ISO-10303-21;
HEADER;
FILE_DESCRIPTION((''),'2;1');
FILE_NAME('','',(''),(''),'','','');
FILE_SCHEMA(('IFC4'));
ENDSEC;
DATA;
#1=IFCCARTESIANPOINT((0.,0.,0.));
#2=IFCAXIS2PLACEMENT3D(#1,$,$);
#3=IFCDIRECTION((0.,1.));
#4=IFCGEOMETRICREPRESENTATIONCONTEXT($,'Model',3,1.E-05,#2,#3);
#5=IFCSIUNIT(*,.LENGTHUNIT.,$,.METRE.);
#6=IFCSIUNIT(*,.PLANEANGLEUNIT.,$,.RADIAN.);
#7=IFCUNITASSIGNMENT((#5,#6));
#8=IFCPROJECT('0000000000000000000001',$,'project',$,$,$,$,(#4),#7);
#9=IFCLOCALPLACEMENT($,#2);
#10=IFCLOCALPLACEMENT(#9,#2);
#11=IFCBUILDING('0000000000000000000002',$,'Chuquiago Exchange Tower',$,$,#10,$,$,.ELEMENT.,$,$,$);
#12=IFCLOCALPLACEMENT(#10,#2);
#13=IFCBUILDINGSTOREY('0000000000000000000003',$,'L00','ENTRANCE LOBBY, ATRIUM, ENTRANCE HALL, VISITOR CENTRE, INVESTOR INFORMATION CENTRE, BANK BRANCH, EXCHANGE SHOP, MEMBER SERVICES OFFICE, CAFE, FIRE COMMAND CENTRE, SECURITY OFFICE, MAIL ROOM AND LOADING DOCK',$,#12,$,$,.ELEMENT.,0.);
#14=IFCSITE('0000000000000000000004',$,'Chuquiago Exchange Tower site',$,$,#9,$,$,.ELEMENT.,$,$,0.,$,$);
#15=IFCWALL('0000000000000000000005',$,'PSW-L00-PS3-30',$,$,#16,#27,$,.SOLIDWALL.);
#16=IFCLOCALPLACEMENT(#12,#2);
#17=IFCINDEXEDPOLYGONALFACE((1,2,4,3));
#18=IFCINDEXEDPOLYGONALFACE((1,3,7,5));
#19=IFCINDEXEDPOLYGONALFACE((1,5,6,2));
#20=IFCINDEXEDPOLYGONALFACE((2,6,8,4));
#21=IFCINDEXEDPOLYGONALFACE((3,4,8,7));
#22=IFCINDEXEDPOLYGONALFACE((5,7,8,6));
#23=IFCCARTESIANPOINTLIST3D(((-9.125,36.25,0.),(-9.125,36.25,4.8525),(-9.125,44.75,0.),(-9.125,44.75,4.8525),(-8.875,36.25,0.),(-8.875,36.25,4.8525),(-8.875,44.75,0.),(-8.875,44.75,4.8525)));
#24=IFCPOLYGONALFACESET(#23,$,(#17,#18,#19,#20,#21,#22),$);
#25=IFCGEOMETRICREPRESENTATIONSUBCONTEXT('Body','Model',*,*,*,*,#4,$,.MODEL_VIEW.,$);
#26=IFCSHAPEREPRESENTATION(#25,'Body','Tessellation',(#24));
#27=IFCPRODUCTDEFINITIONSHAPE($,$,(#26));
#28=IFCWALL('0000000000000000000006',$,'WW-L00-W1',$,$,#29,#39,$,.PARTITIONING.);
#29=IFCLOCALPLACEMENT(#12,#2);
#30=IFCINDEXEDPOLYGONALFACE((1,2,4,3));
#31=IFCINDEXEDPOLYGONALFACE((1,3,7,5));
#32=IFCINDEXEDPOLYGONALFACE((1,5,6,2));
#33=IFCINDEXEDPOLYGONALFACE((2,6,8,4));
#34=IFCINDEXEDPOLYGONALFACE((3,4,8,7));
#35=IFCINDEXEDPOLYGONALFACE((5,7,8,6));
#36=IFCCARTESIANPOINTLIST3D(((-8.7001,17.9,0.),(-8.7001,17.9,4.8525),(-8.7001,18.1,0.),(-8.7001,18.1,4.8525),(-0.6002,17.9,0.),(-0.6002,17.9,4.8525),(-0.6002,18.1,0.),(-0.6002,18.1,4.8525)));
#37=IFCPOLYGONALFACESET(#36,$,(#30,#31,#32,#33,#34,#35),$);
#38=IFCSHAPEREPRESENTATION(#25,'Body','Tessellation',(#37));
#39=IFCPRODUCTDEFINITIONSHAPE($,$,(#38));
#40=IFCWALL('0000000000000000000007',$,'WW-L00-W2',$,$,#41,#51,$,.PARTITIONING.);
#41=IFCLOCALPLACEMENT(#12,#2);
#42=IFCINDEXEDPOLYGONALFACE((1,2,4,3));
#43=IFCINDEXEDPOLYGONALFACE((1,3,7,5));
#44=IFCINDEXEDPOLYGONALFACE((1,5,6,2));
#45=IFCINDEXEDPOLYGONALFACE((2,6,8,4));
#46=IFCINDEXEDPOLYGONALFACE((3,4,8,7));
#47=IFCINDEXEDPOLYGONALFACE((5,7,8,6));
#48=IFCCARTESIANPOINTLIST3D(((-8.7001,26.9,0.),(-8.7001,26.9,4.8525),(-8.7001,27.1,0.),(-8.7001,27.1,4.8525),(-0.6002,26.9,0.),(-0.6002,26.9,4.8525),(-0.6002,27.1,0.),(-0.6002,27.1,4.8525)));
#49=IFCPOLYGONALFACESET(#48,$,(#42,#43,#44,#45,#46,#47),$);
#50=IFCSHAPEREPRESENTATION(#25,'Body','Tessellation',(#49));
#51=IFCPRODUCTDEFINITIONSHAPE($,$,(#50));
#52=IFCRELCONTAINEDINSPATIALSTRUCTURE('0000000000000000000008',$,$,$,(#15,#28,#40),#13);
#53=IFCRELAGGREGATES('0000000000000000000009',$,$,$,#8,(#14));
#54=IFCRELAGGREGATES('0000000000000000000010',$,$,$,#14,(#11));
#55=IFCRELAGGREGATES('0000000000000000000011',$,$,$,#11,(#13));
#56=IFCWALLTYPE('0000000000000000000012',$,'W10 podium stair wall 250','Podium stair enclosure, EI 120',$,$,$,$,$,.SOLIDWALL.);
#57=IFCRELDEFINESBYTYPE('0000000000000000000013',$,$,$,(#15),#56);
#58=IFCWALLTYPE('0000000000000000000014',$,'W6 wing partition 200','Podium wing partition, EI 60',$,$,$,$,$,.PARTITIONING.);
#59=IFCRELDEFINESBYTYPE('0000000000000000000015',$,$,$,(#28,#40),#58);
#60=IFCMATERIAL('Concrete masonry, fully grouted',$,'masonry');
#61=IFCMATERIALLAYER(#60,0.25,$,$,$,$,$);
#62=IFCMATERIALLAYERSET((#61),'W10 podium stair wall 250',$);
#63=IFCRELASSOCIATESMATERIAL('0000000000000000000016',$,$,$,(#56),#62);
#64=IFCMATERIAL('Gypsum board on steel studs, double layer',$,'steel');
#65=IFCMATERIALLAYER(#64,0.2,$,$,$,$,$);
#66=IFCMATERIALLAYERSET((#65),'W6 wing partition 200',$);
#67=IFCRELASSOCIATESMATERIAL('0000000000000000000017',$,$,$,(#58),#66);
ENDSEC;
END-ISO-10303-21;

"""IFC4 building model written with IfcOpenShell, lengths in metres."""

from ifc_helpers import new_model, si_unit, direction, frame, frame_2d, origin, place, context, subcontext, project, spatial, rectangle, extrude, material, layer, layer_set, type_object, element, save


model = new_model("IFC4")

# Units and contexts
model_context = context("Model", 3, precision=1e-05, world=origin(), true_north=direction((0.0, 1.0)))
body_context = subcontext(model_context, "Body", "Model", "MODEL_VIEW")
ifc_project = project(units=[si_unit("LENGTHUNIT", "METRE"), si_unit("PLANEANGLEUNIT", "RADIAN")], contexts=[model_context])

# Site, building, storey
site_placement = place(None, origin())
site = spatial("IfcSite", under=ifc_project, at=site_placement, Name="Chuquiago Exchange Tower site", CompositionType="ELEMENT", RefElevation=0.0)
building_placement = place(site_placement, origin())
building = spatial("IfcBuilding", under=site, at=building_placement, Name="Chuquiago Exchange Tower", CompositionType="ELEMENT")
storey_placement = place(building_placement, origin())
storey = spatial("IfcBuildingStorey", under=building, at=storey_placement, Name="L00", Description="ENTRANCE LOBBY, ATRIUM, ENTRANCE HALL, VISITOR CENTRE, INVESTOR INFORMATION CENTRE, BANK BRANCH, EXCHANGE SHOP, MEMBER SERVICES OFFICE, CAFE, FIRE COMMAND CENTRE, SECURITY OFFICE, MAIL ROOM AND LOADING DOCK", CompositionType="ELEMENT", Elevation=0.0)

# Shared definitions
ifc_material_1 = material(Name="Concrete masonry, fully grouted", Category="masonry")
ifc_layer_1 = layer(ifc_material_1, 0.25)
ifc_layer_set_1 = layer_set([ifc_layer_1], Name="W10 podium stair wall 250")
wall_type_1 = type_object("IfcWallType", Name="W10 podium stair wall 250", Description="Podium stair enclosure, EI 120", PredefinedType="SOLIDWALL", material=ifc_layer_set_1)

# Walls
wall_1_placement = place(storey_placement, frame((-9.0, 36.25, 0.0), z_axis=(0.0, 0.0, 1.0), x_axis=(0.0, 1.0, 0.0)))
element("IfcWall", 1, at=wall_1_placement, inside=storey, type_object=wall_type_1, Name="PSW-L00-PS3-30", PredefinedType="SOLIDWALL", context=body_context, shape_type="SweptSolid", body=[
    extrude(rectangle(XDim=8.5, YDim=0.25, at=frame_2d((4.25, 0.0))), origin(), (0.0, 0.0, 1.0), 4.8525),
])
ifc_material_2 = material(Name="Gypsum board on steel studs, double layer", Category="steel")
ifc_layer_2 = layer(ifc_material_2, 0.2)
ifc_layer_set_2 = layer_set([ifc_layer_2], Name="W6 wing partition 200")
wall_type_2 = type_object("IfcWallType", Name="W6 wing partition 200", Description="Podium wing partition, EI 60", PredefinedType="PARTITIONING", material=ifc_layer_set_2)
for number, where, z_axis, x_axis, name in (
    (2, (-8.7, 18.0, 0.0), (0.0, 0.0, 1.0), (1.0, 0.0, 0.0), "WW-L00-W1"),
    (3, (-8.7, 27.0, 0.0), (0.0, 0.0, 1.0), (1.0, 0.0, 0.0), "WW-L00-W2"),
):
    element("IfcWall", number, at=place(storey_placement, frame(where, z_axis=z_axis, x_axis=x_axis)), inside=storey, type_object=wall_type_2, Name=name, PredefinedType="PARTITIONING", context=body_context, shape_type="SweptSolid", body=[
        extrude(rectangle(XDim=8.0999, YDim=0.2, at=frame_2d((4.0498, 0.0))), origin(), (0.0, 0.0, 1.0), 4.8525),
    ])

save(model, "model.ifc")
